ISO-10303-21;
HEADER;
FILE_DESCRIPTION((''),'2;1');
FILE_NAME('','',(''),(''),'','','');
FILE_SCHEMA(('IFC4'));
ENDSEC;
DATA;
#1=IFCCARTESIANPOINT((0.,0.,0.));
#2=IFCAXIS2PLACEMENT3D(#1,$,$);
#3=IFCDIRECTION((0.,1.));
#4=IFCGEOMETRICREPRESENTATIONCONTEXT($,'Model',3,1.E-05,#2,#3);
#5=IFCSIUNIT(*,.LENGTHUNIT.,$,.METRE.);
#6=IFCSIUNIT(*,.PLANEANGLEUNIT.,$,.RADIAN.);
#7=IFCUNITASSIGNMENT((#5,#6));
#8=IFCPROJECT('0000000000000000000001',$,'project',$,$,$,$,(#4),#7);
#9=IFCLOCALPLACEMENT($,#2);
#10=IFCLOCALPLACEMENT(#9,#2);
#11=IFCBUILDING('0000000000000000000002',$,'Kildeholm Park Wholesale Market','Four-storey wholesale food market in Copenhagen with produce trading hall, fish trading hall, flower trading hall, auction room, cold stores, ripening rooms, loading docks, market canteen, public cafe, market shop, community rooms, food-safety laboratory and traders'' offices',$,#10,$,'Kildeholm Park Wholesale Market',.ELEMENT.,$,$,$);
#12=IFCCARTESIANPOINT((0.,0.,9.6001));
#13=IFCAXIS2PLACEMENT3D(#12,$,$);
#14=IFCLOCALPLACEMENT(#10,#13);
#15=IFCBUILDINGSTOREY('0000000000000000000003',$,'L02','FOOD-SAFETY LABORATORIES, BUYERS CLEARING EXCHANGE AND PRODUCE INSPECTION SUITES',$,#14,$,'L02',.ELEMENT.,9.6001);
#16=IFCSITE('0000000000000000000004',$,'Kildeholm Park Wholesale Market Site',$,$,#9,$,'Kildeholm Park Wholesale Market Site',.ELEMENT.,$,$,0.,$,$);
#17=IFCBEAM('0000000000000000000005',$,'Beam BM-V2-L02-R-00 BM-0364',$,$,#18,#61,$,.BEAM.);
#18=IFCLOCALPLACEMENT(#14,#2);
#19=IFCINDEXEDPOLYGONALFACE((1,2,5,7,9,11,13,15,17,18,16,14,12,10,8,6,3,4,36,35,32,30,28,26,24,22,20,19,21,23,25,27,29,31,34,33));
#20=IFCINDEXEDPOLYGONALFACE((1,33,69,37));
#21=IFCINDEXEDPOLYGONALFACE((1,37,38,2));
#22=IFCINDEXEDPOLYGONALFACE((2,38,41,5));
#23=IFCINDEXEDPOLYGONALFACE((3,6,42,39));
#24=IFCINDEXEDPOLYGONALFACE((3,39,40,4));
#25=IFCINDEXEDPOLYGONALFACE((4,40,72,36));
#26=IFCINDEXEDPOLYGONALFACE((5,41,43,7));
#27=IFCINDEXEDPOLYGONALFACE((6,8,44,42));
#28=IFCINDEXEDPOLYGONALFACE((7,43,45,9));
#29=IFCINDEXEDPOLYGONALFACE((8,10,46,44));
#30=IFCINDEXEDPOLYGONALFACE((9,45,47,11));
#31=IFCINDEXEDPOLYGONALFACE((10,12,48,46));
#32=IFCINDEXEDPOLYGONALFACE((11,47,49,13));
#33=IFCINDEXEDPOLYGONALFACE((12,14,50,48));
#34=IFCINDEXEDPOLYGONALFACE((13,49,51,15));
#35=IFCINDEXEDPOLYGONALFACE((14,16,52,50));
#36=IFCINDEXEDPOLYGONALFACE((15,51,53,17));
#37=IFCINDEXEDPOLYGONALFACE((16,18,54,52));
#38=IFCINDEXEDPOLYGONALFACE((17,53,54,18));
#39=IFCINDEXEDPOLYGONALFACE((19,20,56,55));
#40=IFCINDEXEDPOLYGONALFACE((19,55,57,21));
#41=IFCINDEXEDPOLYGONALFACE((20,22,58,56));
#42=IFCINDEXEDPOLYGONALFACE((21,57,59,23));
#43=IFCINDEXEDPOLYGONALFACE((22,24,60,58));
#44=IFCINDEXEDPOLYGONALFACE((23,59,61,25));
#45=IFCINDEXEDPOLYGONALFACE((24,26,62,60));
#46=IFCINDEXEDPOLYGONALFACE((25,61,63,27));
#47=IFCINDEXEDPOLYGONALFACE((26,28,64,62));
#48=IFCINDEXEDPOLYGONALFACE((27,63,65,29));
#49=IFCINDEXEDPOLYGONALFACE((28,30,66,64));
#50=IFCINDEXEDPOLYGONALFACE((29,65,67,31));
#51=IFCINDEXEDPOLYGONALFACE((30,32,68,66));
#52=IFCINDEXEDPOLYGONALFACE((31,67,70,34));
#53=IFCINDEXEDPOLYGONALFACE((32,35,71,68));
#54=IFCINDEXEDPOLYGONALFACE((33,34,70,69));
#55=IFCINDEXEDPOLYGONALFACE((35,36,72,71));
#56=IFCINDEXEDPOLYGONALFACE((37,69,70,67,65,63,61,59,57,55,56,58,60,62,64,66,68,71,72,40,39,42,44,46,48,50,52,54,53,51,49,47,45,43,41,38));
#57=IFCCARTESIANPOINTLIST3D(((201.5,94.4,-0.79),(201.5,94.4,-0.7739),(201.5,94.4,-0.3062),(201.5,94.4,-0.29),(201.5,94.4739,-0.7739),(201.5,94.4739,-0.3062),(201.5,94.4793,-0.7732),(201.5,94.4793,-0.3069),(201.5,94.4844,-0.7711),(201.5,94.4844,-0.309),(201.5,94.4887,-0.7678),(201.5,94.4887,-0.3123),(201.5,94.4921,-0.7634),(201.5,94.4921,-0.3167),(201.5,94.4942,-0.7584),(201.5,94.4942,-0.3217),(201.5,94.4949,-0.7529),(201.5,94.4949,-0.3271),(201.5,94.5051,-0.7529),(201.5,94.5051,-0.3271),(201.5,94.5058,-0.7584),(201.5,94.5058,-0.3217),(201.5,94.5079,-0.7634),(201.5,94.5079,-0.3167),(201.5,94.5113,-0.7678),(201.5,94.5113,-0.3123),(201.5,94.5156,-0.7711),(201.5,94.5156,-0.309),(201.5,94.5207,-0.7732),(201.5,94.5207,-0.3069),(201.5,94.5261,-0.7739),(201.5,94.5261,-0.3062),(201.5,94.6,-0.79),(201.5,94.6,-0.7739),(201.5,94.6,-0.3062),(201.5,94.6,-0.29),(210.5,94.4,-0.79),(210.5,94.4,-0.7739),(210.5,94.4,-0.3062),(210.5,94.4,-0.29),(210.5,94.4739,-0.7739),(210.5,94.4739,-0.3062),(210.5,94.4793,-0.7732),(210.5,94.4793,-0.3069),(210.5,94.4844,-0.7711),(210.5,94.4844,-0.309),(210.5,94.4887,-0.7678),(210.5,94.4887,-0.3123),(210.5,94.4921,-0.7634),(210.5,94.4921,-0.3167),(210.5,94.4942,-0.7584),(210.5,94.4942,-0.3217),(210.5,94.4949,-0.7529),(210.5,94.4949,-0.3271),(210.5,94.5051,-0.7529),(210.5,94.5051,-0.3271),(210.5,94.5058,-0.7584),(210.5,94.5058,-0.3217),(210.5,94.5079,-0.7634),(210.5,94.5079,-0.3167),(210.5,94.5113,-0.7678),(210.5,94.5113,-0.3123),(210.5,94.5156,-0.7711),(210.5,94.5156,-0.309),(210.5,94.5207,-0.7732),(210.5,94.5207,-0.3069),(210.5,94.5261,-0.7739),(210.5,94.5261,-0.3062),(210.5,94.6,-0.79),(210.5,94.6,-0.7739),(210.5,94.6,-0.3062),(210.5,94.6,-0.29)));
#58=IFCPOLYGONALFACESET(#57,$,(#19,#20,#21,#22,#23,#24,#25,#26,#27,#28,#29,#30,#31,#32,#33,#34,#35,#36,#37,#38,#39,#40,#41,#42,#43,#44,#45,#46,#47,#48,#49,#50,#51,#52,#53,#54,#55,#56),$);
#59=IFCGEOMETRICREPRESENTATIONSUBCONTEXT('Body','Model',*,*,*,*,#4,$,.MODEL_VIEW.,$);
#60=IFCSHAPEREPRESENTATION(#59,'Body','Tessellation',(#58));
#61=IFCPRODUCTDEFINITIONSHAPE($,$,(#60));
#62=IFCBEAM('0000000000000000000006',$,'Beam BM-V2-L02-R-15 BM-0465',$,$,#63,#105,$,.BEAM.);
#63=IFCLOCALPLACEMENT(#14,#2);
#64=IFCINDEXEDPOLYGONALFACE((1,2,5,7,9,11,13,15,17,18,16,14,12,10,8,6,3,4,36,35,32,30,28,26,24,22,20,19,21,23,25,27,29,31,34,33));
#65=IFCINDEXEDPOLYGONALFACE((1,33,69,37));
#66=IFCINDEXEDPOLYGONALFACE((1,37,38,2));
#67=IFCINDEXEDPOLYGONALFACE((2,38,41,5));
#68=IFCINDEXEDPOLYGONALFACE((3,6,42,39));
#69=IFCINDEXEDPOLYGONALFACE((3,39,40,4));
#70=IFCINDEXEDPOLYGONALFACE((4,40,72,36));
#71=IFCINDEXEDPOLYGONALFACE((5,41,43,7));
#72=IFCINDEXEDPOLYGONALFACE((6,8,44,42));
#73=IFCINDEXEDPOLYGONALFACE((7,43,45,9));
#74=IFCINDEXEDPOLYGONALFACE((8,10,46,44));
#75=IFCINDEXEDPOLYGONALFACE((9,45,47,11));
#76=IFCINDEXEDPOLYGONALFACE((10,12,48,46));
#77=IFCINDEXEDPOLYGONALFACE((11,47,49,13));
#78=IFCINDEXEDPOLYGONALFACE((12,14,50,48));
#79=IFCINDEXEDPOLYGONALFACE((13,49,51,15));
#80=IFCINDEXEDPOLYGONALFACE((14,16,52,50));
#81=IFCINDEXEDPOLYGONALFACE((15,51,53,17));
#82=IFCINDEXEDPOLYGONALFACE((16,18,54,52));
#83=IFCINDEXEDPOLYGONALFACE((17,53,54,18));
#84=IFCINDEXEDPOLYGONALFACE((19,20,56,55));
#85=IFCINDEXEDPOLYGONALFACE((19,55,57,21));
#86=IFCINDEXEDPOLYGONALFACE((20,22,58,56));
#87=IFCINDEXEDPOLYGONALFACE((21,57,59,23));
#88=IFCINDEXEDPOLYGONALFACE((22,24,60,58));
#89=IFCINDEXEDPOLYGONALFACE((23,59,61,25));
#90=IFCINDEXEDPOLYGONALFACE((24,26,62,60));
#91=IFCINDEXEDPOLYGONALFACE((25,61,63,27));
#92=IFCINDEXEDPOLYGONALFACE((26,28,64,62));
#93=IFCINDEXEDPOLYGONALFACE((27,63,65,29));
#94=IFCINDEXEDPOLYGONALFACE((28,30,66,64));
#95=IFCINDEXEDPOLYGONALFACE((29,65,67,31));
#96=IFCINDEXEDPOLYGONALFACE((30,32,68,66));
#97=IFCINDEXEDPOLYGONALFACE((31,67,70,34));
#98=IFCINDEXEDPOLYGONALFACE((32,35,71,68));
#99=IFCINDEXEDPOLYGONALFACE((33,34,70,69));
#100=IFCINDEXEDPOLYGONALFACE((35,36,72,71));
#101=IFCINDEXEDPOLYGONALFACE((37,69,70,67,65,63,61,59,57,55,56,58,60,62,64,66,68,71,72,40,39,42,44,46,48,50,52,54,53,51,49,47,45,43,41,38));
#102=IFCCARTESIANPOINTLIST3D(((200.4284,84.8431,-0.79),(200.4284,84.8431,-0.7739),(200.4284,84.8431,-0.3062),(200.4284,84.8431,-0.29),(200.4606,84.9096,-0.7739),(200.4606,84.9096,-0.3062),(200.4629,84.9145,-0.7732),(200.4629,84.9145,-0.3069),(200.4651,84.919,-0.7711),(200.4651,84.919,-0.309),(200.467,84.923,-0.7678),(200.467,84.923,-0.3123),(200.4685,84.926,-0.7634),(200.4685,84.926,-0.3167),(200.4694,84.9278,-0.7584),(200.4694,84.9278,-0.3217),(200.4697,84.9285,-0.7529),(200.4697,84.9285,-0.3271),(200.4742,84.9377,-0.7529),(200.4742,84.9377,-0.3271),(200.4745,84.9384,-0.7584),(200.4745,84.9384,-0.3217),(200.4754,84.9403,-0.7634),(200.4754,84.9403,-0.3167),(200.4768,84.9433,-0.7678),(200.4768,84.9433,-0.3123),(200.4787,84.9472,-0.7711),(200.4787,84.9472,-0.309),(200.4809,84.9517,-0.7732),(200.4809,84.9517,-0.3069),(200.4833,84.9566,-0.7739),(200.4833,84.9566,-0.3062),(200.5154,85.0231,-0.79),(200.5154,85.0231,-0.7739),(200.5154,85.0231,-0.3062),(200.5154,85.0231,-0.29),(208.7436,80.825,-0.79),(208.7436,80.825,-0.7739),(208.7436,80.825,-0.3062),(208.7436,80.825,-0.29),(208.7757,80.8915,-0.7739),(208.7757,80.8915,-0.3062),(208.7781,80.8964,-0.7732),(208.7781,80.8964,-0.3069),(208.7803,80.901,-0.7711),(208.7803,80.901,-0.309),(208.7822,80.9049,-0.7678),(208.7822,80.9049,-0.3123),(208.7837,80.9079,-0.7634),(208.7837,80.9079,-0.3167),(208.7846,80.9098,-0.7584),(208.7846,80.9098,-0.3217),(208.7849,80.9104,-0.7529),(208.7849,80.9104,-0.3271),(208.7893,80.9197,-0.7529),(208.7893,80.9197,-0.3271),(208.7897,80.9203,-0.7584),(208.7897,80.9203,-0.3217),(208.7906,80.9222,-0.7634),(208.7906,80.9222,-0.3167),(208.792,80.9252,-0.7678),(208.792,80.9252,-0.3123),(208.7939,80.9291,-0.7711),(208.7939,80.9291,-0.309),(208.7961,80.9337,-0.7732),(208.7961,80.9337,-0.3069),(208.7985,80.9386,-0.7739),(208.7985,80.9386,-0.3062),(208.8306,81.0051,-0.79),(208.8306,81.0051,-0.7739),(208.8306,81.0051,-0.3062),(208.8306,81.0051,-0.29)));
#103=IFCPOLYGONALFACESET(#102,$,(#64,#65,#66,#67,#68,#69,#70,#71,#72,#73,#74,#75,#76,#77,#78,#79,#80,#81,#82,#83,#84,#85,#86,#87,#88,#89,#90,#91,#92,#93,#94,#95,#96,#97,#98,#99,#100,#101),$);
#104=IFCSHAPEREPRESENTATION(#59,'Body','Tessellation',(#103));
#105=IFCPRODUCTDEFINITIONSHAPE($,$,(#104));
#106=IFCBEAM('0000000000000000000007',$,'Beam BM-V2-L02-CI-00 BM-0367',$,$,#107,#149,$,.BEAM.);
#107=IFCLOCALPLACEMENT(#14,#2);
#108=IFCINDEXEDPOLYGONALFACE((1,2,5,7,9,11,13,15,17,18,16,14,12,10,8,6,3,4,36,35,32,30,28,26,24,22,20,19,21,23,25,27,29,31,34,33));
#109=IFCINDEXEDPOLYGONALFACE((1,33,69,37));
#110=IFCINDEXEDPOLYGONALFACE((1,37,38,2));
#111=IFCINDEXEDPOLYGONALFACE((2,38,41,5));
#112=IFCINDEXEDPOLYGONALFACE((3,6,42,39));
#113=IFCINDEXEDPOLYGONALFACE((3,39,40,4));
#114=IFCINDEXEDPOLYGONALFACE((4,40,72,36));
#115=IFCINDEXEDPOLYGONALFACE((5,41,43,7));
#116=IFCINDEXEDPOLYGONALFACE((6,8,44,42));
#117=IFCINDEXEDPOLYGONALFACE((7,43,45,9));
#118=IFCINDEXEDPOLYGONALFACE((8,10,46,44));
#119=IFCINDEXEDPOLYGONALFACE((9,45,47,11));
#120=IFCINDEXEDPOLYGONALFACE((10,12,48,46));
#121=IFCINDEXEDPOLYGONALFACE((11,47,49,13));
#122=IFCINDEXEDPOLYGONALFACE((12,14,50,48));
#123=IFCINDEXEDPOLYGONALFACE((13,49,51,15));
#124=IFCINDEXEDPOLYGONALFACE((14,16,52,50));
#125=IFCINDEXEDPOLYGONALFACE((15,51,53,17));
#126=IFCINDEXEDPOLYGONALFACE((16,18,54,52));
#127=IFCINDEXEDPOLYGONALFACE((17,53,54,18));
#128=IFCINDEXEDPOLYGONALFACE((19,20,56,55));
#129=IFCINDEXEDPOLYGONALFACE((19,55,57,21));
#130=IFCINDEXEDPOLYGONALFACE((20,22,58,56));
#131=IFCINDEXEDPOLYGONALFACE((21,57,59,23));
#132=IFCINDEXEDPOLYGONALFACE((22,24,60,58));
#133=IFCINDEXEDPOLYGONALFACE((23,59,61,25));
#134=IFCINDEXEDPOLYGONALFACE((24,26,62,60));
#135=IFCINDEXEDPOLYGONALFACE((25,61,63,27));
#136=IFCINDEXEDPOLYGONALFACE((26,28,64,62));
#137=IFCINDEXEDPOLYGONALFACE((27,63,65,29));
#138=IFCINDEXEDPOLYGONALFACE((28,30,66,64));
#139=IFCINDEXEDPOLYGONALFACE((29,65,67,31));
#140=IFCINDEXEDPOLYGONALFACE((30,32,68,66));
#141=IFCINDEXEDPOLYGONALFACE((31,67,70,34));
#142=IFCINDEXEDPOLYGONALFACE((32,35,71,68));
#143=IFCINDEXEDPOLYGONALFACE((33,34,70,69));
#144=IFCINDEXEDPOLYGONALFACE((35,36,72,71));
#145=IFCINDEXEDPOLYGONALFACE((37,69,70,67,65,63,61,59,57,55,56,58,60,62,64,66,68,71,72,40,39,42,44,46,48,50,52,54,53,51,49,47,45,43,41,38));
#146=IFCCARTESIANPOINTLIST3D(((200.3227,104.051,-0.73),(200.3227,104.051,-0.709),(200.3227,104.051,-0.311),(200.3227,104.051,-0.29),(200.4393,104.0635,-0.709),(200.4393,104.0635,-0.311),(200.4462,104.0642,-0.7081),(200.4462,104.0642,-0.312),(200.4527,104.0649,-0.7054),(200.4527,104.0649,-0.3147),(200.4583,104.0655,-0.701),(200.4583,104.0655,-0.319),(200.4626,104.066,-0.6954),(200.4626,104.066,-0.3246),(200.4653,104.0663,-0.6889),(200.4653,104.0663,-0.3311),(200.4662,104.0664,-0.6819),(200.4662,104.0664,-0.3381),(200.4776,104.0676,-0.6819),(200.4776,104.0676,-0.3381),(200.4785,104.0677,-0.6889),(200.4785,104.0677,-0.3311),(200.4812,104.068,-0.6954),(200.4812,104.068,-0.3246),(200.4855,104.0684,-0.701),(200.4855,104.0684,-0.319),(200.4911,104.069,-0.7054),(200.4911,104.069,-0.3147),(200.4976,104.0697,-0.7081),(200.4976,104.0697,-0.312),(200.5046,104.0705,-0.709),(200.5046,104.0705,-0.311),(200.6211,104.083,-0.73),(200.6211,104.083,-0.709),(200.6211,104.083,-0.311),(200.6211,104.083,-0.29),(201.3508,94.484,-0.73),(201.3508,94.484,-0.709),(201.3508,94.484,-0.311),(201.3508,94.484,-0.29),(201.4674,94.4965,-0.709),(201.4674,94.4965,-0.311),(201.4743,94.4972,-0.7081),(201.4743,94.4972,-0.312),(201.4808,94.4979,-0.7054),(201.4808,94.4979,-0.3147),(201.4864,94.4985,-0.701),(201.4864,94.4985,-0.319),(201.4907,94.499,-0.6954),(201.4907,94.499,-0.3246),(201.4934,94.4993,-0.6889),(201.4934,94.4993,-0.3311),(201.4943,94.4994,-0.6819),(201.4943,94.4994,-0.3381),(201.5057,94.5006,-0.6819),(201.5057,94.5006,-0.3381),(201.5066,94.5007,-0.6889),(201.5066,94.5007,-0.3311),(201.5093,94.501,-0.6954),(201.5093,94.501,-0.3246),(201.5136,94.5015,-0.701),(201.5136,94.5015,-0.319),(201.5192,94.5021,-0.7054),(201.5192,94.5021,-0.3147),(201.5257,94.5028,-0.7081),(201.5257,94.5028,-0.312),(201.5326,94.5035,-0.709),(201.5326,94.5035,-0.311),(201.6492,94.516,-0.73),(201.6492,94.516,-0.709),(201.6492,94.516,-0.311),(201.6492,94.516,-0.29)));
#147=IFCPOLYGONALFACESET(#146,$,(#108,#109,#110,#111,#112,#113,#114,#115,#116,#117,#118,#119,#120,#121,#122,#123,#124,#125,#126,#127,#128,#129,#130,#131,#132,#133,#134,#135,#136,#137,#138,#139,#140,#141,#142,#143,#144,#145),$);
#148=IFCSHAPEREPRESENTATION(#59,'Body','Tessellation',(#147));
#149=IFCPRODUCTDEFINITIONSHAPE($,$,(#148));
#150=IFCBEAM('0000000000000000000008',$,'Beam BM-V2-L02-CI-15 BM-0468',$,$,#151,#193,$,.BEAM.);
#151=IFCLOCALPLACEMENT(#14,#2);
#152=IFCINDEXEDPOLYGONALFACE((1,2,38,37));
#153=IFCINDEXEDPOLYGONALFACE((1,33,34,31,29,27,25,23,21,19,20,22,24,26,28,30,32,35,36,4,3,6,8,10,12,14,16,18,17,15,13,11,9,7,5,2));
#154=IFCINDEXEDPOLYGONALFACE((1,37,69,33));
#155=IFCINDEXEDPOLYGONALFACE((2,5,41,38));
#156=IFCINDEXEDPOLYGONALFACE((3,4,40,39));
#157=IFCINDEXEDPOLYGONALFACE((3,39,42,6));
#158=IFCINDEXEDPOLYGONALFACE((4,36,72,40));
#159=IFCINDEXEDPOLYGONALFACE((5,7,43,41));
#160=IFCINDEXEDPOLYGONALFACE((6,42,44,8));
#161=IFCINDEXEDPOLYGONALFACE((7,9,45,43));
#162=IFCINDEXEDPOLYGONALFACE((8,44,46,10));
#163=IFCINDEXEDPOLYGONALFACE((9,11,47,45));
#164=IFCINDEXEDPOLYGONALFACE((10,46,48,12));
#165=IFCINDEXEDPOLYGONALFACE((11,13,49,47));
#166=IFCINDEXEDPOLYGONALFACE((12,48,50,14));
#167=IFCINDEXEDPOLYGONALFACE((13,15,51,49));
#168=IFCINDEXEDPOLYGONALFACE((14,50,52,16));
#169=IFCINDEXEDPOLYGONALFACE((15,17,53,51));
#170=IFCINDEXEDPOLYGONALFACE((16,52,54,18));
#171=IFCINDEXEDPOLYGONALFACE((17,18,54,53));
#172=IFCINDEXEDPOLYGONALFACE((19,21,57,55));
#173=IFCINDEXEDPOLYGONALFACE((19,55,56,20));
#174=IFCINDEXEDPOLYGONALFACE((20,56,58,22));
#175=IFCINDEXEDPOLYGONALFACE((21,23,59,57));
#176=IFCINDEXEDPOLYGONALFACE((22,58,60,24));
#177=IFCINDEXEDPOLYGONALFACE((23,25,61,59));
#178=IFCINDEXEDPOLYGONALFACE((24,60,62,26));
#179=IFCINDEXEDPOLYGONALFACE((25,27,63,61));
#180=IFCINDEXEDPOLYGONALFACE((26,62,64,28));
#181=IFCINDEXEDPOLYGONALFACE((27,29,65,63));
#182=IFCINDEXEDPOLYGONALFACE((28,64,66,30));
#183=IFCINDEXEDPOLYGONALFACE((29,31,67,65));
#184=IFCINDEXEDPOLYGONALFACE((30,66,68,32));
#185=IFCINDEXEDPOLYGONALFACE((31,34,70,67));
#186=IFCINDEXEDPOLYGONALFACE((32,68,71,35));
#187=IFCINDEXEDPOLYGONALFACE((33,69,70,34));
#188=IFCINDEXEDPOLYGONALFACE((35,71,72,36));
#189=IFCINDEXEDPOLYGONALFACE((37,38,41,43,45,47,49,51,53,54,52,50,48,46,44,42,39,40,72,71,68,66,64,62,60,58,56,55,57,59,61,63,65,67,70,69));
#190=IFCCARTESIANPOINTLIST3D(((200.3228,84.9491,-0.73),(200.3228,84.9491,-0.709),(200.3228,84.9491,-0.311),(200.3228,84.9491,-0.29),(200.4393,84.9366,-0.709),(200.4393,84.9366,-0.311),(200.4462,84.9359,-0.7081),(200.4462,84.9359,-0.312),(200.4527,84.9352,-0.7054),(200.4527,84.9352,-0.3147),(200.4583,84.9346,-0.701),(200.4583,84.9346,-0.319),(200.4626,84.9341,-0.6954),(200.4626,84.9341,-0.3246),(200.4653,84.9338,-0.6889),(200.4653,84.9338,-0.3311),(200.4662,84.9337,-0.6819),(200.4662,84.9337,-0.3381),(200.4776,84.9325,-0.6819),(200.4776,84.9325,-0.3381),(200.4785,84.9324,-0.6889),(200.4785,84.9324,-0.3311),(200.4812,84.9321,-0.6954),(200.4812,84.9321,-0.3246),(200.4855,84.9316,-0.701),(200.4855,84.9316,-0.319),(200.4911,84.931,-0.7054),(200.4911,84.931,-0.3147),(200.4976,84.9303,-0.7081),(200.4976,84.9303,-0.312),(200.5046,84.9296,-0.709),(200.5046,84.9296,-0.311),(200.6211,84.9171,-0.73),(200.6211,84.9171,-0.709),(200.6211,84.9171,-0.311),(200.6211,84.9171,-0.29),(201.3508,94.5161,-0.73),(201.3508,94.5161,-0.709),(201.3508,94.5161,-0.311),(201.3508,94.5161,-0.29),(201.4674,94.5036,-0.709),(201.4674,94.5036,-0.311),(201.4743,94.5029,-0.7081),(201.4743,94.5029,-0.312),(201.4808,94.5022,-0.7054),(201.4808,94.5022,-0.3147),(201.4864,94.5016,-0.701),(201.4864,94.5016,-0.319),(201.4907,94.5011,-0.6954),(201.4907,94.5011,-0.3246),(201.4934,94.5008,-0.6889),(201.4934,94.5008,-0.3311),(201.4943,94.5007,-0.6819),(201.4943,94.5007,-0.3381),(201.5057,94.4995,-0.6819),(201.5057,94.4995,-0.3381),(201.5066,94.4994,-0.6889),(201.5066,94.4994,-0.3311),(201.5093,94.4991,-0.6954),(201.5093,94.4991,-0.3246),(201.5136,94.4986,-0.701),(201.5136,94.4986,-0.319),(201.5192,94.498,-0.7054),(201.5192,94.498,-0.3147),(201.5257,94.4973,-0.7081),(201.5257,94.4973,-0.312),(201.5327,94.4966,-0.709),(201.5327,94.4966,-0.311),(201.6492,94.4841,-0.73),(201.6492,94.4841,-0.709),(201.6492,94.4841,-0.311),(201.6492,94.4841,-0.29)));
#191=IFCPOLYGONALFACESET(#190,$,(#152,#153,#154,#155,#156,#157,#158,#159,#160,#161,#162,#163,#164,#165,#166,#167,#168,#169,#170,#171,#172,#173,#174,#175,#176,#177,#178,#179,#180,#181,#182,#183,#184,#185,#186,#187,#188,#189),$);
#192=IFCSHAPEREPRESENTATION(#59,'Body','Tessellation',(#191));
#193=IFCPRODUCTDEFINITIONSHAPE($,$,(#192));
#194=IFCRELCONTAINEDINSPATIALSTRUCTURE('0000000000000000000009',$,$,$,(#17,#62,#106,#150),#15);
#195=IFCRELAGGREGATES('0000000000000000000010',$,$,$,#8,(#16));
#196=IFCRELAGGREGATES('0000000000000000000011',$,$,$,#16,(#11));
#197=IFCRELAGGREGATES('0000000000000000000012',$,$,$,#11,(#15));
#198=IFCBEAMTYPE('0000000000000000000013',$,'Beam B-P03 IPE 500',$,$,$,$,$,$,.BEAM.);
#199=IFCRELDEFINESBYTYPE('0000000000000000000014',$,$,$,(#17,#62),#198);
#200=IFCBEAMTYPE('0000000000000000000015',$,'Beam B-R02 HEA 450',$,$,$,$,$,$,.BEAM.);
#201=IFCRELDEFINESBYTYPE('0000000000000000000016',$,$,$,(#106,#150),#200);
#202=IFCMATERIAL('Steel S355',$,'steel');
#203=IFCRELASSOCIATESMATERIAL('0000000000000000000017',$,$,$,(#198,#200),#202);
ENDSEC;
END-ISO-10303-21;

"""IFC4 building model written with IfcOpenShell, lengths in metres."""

from ifc_helpers import new_model, si_unit, direction, frame, origin, origin_2d, place, context, subcontext, project, spatial, i_section, extrude, material, material_profile, profile_set, type_object, element, save


model = new_model("IFC4")

# Units and contexts
model_context = context("Model", 3, precision=1e-05, world=origin(), true_north=direction((0.0, 1.0)))
body_context = subcontext(model_context, "Body", "Model", "MODEL_VIEW")
ifc_project = project(units=[si_unit("LENGTHUNIT", "METRE"), si_unit("PLANEANGLEUNIT", "RADIAN")], contexts=[model_context])

# Site, building, storey
site_placement = place(None, origin())
site = spatial("IfcSite", under=ifc_project, at=site_placement, Name="Kildeholm Park Wholesale Market Site", LongName="Kildeholm Park Wholesale Market Site", CompositionType="ELEMENT", RefElevation=0.0)
building_placement = place(site_placement, origin())
building = spatial("IfcBuilding", under=site, at=building_placement, Name="Kildeholm Park Wholesale Market", Description="Four-storey wholesale food market in Copenhagen with produce trading hall, fish trading hall, flower trading hall, auction room, cold stores, ripening rooms, loading docks, market canteen, public cafe, market shop, community rooms, food-safety laboratory and traders' offices", LongName="Kildeholm Park Wholesale Market", CompositionType="ELEMENT")
storey_placement = place(building_placement, frame((0.0, 0.0, 9.6001)))
storey = spatial("IfcBuildingStorey", under=building, at=storey_placement, Name="L02", Description="FOOD-SAFETY LABORATORIES, BUYERS CLEARING EXCHANGE AND PRODUCE INSPECTION SUITES", LongName="L02", CompositionType="ELEMENT", Elevation=9.6001)

# Shared definitions
ifc_material_1 = material(Name="Steel S355", Category="steel")

# Beams
ifc_material_profile_1 = material_profile(ifc_material_1, i_section(OverallWidth=0.2, OverallDepth=0.5, WebThickness=0.0103, FlangeThickness=0.0161, FilletRadius=0.021, at=origin_2d()), Name="IPE 500")
ifc_profile_set_1 = profile_set([ifc_material_profile_1], Name="Steel S355")
beam_type_1 = type_object("IfcBeamType", Name="Beam B-P03 IPE 500", PredefinedType="BEAM", material=ifc_profile_set_1)
beam_1_placement = place(storey_placement, frame((201.5, 94.5, -0.54), z_axis=(1.0, 0.0, 0.0), x_axis=(0.0, 1.0, 0.0)))
element("IfcBeam", 1, at=beam_1_placement, inside=storey, type_object=beam_type_1, Name="Beam BM-V2-L02-R-00 BM-0364", PredefinedType="BEAM", context=body_context, shape_type="SweptSolid", body=[
    extrude(i_section(OverallWidth=0.2, OverallDepth=0.5, WebThickness=0.0103, FlangeThickness=0.0161, FilletRadius=0.021, at=origin_2d()), origin(), (0.0, 0.0, 1.0), 9.0),
])
beam_2_placement = place(storey_placement, frame((200.4719, 84.9331, -0.54), z_axis=(0.900389, -0.435086, 0.0), x_axis=(0.435086, 0.900389, 0.0)))
element("IfcBeam", 2, at=beam_2_placement, inside=storey, type_object=beam_type_1, Name="Beam BM-V2-L02-R-15 BM-0465", PredefinedType="BEAM", context=body_context, shape_type="SweptSolid", body=[
    extrude(i_section(OverallWidth=0.2, OverallDepth=0.5, WebThickness=0.0103, FlangeThickness=0.0161, FilletRadius=0.021, at=origin_2d()), origin(), (0.0, 0.0, 1.0), 9.2351),
])
ifc_material_profile_2 = material_profile(ifc_material_1, i_section(OverallWidth=0.3, OverallDepth=0.4399, WebThickness=0.0115, FlangeThickness=0.021, FilletRadius=0.0271, at=origin_2d()), Name="HEA 450")
ifc_profile_set_2 = profile_set([ifc_material_profile_2], Name="Steel S355")
beam_type_2 = type_object("IfcBeamType", Name="Beam B-R02 HEA 450", PredefinedType="BEAM", material=ifc_profile_set_2)
for number, where, z_axis, x_axis, name in (
    (3, (201.5, 94.5, -0.51), (-0.106847, 0.994276, 0.0), (-0.994276, -0.106847, 0.0), "Beam BM-V2-L02-CI-00 BM-0367"),
    (4, (200.4719, 84.9331, -0.51), (0.106847, 0.994276, 0.0), (-0.994276, 0.106847, 0.0), "Beam BM-V2-L02-CI-15 BM-0468"),
):
    element("IfcBeam", number, at=place(storey_placement, frame(where, z_axis=z_axis, x_axis=x_axis)), inside=storey, type_object=beam_type_2, Name=name, PredefinedType="BEAM", context=body_context, shape_type="SweptSolid", body=[
        extrude(i_section(OverallWidth=0.3, OverallDepth=0.4399, WebThickness=0.0115, FlangeThickness=0.021, FilletRadius=0.0271, at=origin_2d()), origin(), (0.0, 0.0, 1.0), 9.6221),
    ])

save(model, "model.ifc")
